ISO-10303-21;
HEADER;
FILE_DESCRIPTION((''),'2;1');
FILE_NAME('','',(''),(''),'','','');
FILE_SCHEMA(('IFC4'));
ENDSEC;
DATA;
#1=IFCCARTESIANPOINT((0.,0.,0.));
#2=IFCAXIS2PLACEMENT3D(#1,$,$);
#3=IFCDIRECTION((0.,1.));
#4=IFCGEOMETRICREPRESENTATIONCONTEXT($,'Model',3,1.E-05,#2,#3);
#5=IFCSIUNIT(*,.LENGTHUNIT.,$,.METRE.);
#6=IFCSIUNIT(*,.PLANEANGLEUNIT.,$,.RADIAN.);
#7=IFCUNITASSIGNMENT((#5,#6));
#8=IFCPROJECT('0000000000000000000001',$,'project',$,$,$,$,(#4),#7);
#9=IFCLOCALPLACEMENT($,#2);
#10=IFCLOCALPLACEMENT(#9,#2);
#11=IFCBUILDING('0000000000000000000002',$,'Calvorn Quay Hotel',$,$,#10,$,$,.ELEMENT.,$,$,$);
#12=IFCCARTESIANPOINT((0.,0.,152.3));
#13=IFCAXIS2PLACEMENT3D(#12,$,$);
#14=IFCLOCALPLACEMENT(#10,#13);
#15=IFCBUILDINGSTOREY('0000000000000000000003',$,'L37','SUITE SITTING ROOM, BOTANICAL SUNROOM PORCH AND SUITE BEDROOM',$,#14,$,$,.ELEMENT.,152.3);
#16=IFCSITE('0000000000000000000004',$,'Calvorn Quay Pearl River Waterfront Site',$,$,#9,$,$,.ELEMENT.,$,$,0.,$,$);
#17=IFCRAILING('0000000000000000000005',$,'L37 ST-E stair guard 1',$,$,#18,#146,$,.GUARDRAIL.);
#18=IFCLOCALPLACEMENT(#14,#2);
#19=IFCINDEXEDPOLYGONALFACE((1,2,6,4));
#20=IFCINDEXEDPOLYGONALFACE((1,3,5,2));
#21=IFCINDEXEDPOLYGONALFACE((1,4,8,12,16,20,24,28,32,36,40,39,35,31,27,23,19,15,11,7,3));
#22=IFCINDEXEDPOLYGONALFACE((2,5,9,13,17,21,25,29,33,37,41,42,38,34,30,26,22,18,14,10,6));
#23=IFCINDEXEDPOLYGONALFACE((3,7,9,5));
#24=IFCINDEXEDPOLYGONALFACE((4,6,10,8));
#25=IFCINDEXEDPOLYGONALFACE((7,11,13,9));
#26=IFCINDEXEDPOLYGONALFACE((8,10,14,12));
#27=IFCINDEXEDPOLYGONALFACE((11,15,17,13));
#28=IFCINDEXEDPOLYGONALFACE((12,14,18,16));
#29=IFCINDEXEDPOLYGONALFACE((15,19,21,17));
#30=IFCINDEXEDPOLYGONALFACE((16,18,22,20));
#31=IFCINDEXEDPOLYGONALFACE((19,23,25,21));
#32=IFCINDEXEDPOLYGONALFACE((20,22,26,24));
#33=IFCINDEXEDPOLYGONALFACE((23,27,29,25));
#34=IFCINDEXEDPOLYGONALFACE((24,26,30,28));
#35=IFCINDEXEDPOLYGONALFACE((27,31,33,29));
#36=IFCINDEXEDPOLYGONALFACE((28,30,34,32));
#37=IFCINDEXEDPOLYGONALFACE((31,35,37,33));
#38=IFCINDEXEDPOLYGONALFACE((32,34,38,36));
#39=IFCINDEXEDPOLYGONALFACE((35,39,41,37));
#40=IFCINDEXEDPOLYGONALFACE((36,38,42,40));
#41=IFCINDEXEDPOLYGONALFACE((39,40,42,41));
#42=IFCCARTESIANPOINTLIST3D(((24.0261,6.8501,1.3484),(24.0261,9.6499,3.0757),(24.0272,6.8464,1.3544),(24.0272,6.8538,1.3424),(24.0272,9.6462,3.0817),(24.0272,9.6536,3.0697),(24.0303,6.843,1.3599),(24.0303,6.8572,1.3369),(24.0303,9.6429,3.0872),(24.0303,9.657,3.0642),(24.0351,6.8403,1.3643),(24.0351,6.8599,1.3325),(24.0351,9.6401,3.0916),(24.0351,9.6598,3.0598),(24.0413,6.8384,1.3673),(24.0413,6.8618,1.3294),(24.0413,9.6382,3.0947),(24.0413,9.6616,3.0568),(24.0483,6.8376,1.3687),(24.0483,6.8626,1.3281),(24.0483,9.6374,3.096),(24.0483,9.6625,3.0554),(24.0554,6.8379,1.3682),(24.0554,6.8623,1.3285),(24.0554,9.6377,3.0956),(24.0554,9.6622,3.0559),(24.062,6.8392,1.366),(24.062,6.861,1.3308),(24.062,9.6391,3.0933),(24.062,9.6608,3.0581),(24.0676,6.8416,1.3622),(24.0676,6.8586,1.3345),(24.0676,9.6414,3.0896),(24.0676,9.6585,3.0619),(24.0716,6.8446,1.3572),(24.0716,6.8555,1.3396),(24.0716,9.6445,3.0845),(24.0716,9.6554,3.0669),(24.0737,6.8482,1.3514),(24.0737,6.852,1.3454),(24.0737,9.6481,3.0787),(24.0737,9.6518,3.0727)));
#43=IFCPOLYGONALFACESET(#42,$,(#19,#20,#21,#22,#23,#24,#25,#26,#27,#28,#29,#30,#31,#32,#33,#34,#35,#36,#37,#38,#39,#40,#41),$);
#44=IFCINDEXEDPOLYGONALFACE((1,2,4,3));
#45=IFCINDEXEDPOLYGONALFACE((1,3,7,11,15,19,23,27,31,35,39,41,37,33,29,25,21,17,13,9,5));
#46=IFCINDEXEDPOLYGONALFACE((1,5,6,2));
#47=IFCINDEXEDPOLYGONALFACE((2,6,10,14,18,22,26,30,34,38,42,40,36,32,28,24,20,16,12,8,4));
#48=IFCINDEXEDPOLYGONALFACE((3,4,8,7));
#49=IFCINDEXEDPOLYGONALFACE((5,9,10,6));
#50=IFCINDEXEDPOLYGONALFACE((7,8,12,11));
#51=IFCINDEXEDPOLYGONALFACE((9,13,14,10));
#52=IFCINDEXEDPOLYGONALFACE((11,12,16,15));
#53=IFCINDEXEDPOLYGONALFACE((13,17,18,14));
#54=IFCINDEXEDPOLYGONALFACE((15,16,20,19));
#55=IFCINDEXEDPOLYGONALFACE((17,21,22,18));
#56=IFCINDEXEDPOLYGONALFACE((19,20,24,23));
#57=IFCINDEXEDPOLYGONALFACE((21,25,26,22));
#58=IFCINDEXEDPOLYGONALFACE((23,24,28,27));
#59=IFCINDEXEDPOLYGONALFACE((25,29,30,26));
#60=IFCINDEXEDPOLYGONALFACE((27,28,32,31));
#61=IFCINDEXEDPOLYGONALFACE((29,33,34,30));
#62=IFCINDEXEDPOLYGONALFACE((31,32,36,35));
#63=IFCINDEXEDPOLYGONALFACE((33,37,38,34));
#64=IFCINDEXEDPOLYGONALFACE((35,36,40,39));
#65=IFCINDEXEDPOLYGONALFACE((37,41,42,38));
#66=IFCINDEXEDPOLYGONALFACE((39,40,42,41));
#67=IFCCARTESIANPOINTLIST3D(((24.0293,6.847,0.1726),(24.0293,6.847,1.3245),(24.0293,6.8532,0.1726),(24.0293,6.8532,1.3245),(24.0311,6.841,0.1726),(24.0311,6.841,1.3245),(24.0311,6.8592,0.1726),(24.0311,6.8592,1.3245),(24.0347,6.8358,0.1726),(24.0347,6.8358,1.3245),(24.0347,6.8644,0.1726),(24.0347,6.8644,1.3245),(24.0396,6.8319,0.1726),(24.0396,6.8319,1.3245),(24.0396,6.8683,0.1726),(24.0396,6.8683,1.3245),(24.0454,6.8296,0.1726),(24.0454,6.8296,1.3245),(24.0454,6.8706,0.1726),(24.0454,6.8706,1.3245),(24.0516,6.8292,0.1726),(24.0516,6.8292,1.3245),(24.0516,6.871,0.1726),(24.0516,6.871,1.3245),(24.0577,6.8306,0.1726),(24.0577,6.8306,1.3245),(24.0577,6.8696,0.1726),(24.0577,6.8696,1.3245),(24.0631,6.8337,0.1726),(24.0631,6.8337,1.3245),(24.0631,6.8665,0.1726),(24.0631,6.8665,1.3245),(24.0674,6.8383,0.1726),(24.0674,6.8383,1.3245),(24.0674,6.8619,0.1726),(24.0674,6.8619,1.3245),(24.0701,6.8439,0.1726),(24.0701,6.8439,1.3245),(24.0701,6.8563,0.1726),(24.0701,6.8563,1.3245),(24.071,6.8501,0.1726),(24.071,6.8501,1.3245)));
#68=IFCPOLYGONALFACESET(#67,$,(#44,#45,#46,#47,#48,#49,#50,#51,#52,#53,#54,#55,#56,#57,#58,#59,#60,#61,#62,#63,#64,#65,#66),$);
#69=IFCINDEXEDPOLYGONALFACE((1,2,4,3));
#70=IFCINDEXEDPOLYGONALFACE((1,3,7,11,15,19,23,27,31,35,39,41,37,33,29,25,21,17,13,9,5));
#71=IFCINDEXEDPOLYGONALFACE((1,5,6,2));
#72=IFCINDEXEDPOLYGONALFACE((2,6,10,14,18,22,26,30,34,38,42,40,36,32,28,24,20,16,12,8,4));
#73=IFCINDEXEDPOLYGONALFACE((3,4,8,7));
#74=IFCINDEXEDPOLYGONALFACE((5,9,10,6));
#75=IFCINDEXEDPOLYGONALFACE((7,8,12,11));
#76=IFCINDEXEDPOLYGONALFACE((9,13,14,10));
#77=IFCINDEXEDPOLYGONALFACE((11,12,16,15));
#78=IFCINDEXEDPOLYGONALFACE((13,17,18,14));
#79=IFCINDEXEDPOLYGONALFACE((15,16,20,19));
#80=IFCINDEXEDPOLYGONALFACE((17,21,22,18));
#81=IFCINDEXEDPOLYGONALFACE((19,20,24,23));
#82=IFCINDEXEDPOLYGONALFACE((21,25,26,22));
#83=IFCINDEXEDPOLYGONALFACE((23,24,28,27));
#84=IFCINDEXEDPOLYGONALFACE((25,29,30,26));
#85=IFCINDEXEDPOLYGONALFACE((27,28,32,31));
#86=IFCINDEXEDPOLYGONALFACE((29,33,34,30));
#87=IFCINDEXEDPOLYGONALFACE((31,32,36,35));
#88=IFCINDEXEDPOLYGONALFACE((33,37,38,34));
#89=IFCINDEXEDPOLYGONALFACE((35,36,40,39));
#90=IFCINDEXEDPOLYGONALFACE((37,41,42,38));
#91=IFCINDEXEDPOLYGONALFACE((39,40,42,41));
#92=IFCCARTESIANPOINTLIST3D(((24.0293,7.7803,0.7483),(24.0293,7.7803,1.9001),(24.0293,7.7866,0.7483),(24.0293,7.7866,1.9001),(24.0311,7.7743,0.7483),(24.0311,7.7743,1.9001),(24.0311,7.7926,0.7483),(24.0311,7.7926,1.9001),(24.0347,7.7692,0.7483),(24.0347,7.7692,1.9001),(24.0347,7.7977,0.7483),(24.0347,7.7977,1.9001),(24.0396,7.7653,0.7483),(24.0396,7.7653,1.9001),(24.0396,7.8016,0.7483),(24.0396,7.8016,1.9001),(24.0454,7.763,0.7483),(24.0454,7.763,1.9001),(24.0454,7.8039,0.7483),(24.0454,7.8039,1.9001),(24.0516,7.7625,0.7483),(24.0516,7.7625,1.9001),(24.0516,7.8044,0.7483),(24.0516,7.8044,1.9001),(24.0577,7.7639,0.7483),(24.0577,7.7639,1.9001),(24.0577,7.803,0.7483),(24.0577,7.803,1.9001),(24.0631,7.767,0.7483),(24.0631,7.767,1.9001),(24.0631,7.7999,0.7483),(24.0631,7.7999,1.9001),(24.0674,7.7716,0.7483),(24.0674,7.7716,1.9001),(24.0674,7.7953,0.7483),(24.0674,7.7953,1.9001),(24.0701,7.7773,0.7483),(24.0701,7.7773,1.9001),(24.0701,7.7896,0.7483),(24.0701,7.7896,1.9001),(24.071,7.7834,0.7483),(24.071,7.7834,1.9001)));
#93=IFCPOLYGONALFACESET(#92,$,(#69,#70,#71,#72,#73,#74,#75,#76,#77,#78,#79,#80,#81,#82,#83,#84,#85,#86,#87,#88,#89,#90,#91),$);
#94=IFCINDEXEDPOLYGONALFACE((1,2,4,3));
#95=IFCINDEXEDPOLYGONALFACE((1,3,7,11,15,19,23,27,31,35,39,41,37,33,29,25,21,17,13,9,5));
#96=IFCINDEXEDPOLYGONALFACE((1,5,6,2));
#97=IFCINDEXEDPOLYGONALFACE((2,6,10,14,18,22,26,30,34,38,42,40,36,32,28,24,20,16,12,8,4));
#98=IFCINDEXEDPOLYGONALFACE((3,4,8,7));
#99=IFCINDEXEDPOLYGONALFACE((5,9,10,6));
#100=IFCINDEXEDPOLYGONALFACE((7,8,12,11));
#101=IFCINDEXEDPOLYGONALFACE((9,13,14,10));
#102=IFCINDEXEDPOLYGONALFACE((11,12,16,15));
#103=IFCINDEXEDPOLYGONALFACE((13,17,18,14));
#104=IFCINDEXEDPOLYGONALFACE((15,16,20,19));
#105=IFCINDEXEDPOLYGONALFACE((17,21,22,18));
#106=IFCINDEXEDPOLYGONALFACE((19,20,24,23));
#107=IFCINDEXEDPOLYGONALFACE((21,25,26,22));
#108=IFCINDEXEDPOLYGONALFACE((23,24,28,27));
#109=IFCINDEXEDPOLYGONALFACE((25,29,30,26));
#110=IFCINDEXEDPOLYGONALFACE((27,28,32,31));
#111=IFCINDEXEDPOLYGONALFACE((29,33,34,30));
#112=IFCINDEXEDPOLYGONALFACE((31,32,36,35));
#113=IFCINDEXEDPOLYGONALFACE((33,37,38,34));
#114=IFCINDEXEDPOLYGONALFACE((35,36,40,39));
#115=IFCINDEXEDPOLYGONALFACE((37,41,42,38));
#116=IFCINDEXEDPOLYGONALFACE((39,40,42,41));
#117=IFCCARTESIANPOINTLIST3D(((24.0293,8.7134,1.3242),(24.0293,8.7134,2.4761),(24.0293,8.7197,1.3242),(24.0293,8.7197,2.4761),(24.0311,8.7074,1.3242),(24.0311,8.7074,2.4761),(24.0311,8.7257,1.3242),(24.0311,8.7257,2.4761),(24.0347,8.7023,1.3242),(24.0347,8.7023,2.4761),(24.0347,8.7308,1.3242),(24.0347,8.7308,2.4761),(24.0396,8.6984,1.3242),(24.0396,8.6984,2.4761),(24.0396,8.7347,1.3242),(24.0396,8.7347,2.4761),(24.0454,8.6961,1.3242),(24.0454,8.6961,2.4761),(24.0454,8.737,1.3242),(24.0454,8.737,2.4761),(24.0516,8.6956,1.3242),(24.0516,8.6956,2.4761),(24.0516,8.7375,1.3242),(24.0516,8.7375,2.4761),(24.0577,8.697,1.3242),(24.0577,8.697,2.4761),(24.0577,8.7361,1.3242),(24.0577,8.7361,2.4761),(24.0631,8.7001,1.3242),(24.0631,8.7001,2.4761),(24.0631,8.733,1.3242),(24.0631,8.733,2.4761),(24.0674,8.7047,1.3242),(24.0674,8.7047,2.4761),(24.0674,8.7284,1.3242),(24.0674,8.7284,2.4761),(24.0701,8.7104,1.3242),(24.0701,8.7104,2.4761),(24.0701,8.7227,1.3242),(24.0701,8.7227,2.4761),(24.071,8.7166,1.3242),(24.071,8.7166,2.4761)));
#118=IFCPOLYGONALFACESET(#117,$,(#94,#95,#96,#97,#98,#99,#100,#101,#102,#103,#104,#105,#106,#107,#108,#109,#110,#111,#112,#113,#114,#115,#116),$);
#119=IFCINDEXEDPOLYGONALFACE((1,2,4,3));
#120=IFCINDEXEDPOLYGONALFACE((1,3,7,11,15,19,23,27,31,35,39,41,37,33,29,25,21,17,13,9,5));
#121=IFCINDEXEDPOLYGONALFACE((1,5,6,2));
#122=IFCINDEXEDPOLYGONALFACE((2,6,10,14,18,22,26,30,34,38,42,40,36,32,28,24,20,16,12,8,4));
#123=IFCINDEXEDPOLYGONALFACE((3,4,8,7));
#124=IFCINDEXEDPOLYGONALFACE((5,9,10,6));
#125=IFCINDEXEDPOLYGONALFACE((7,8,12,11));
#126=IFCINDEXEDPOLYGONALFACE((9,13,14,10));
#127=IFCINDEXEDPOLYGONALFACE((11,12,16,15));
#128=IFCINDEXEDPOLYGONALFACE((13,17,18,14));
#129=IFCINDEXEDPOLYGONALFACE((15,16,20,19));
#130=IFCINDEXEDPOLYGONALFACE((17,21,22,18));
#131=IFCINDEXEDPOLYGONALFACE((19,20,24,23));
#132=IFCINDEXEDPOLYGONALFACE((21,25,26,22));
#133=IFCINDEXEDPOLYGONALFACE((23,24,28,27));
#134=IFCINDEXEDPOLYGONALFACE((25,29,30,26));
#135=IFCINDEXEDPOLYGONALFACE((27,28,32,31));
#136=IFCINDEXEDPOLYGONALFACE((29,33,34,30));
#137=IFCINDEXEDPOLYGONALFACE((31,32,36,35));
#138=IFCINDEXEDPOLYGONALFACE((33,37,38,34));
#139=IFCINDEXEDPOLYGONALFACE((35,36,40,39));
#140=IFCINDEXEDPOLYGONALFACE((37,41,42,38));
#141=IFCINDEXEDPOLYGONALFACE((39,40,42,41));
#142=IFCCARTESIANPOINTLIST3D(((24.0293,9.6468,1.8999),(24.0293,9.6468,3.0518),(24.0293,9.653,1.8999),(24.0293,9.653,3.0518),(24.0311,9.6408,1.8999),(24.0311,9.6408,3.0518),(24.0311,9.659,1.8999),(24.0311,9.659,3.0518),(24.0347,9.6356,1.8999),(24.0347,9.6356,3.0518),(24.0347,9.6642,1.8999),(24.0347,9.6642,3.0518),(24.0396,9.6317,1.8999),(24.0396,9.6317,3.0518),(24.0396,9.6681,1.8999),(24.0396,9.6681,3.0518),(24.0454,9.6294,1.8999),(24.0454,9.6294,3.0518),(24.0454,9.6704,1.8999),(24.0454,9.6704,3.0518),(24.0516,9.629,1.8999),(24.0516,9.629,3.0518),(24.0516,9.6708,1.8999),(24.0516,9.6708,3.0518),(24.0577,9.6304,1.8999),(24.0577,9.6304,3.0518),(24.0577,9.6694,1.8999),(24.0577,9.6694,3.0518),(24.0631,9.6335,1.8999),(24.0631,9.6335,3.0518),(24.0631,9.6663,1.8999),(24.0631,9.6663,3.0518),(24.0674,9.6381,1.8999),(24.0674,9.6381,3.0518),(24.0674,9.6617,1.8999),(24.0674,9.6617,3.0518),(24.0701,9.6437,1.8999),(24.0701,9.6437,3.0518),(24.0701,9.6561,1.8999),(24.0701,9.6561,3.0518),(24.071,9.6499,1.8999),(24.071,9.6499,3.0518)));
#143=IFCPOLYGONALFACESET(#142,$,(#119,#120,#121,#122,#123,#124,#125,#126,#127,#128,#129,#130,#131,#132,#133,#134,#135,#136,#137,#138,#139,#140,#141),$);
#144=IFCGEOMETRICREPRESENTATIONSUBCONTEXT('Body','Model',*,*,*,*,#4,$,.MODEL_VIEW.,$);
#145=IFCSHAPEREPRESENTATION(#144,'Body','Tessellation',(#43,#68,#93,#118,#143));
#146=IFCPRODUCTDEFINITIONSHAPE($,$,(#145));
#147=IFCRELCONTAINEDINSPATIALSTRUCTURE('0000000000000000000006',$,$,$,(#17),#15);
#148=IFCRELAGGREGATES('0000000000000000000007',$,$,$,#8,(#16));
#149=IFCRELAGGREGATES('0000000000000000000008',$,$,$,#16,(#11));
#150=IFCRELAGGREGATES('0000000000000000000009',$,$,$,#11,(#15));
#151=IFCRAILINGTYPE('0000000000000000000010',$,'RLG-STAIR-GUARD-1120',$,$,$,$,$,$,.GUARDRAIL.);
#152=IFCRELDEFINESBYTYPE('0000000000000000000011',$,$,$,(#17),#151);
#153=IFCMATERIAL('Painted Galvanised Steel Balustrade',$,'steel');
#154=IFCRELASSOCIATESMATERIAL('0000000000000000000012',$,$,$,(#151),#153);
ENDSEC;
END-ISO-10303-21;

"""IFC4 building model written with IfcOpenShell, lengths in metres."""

from ifc_helpers import new_model, si_unit, direction, frame, origin, origin_2d, place, context, subcontext, project, spatial, circle, extrude, material, type_object, element, save


model = new_model("IFC4")

# Units and contexts
model_context = context("Model", 3, precision=1e-05, world=origin(), true_north=direction((0.0, 1.0)))
body_context = subcontext(model_context, "Body", "Model", "MODEL_VIEW")
ifc_project = project(units=[si_unit("LENGTHUNIT", "METRE"), si_unit("PLANEANGLEUNIT", "RADIAN")], contexts=[model_context])

# Site, building, storey
site_placement = place(None, origin())
site = spatial("IfcSite", under=ifc_project, at=site_placement, Name="Calvorn Quay Pearl River Waterfront Site", CompositionType="ELEMENT", RefElevation=0.0)
building_placement = place(site_placement, origin())
building = spatial("IfcBuilding", under=site, at=building_placement, Name="Calvorn Quay Hotel", CompositionType="ELEMENT")
storey_placement = place(building_placement, frame((0.0, 0.0, 152.3)))
storey = spatial("IfcBuildingStorey", under=building, at=storey_placement, Name="L37", Description="SUITE SITTING ROOM, BOTANICAL SUNROOM PORCH AND SUITE BEDROOM", CompositionType="ELEMENT", Elevation=152.3)

# Railing
ifc_material_1 = material(Name="Painted Galvanised Steel Balustrade", Category="steel")
railing_type_1 = type_object("IfcRailingType", Name="RLG-STAIR-GUARD-1120", PredefinedType="GUARDRAIL", material=ifc_material_1)
railing_1_placement = place(storey_placement, frame((24.05, 6.8501, 0.1726)))
element("IfcRailing", 1, at=railing_1_placement, inside=storey, type_object=railing_type_1, Name="L37 ST-E stair guard 1", PredefinedType="GUARDRAIL", context=body_context, shape_type="SweptSolid", body=[
    extrude(circle(Radius=0.0239, at=origin_2d()), frame((0.0, 0.0, 1.1758), z_axis=(0.0, 0.851069, 0.525054), x_axis=(-1.0, 0.0, 0.0)), (0.0, 0.0, 1.0), 3.2898),
    extrude(circle(Radius=0.021, at=origin_2d()), origin(), (0.0, 0.0, 1.0), 1.1519),
    extrude(circle(Radius=0.021, at=origin_2d()), frame((0.0, 0.9333, 0.5757)), (0.0, 0.0, 1.0), 1.1519),
    extrude(circle(Radius=0.021, at=origin_2d()), frame((0.0, 1.8665, 1.1516)), (0.0, 0.0, 1.0), 1.1519),
    extrude(circle(Radius=0.021, at=origin_2d()), frame((0.0, 2.7998, 1.7273)), (0.0, 0.0, 1.0), 1.1519),
])

save(model, "model.ifc")
